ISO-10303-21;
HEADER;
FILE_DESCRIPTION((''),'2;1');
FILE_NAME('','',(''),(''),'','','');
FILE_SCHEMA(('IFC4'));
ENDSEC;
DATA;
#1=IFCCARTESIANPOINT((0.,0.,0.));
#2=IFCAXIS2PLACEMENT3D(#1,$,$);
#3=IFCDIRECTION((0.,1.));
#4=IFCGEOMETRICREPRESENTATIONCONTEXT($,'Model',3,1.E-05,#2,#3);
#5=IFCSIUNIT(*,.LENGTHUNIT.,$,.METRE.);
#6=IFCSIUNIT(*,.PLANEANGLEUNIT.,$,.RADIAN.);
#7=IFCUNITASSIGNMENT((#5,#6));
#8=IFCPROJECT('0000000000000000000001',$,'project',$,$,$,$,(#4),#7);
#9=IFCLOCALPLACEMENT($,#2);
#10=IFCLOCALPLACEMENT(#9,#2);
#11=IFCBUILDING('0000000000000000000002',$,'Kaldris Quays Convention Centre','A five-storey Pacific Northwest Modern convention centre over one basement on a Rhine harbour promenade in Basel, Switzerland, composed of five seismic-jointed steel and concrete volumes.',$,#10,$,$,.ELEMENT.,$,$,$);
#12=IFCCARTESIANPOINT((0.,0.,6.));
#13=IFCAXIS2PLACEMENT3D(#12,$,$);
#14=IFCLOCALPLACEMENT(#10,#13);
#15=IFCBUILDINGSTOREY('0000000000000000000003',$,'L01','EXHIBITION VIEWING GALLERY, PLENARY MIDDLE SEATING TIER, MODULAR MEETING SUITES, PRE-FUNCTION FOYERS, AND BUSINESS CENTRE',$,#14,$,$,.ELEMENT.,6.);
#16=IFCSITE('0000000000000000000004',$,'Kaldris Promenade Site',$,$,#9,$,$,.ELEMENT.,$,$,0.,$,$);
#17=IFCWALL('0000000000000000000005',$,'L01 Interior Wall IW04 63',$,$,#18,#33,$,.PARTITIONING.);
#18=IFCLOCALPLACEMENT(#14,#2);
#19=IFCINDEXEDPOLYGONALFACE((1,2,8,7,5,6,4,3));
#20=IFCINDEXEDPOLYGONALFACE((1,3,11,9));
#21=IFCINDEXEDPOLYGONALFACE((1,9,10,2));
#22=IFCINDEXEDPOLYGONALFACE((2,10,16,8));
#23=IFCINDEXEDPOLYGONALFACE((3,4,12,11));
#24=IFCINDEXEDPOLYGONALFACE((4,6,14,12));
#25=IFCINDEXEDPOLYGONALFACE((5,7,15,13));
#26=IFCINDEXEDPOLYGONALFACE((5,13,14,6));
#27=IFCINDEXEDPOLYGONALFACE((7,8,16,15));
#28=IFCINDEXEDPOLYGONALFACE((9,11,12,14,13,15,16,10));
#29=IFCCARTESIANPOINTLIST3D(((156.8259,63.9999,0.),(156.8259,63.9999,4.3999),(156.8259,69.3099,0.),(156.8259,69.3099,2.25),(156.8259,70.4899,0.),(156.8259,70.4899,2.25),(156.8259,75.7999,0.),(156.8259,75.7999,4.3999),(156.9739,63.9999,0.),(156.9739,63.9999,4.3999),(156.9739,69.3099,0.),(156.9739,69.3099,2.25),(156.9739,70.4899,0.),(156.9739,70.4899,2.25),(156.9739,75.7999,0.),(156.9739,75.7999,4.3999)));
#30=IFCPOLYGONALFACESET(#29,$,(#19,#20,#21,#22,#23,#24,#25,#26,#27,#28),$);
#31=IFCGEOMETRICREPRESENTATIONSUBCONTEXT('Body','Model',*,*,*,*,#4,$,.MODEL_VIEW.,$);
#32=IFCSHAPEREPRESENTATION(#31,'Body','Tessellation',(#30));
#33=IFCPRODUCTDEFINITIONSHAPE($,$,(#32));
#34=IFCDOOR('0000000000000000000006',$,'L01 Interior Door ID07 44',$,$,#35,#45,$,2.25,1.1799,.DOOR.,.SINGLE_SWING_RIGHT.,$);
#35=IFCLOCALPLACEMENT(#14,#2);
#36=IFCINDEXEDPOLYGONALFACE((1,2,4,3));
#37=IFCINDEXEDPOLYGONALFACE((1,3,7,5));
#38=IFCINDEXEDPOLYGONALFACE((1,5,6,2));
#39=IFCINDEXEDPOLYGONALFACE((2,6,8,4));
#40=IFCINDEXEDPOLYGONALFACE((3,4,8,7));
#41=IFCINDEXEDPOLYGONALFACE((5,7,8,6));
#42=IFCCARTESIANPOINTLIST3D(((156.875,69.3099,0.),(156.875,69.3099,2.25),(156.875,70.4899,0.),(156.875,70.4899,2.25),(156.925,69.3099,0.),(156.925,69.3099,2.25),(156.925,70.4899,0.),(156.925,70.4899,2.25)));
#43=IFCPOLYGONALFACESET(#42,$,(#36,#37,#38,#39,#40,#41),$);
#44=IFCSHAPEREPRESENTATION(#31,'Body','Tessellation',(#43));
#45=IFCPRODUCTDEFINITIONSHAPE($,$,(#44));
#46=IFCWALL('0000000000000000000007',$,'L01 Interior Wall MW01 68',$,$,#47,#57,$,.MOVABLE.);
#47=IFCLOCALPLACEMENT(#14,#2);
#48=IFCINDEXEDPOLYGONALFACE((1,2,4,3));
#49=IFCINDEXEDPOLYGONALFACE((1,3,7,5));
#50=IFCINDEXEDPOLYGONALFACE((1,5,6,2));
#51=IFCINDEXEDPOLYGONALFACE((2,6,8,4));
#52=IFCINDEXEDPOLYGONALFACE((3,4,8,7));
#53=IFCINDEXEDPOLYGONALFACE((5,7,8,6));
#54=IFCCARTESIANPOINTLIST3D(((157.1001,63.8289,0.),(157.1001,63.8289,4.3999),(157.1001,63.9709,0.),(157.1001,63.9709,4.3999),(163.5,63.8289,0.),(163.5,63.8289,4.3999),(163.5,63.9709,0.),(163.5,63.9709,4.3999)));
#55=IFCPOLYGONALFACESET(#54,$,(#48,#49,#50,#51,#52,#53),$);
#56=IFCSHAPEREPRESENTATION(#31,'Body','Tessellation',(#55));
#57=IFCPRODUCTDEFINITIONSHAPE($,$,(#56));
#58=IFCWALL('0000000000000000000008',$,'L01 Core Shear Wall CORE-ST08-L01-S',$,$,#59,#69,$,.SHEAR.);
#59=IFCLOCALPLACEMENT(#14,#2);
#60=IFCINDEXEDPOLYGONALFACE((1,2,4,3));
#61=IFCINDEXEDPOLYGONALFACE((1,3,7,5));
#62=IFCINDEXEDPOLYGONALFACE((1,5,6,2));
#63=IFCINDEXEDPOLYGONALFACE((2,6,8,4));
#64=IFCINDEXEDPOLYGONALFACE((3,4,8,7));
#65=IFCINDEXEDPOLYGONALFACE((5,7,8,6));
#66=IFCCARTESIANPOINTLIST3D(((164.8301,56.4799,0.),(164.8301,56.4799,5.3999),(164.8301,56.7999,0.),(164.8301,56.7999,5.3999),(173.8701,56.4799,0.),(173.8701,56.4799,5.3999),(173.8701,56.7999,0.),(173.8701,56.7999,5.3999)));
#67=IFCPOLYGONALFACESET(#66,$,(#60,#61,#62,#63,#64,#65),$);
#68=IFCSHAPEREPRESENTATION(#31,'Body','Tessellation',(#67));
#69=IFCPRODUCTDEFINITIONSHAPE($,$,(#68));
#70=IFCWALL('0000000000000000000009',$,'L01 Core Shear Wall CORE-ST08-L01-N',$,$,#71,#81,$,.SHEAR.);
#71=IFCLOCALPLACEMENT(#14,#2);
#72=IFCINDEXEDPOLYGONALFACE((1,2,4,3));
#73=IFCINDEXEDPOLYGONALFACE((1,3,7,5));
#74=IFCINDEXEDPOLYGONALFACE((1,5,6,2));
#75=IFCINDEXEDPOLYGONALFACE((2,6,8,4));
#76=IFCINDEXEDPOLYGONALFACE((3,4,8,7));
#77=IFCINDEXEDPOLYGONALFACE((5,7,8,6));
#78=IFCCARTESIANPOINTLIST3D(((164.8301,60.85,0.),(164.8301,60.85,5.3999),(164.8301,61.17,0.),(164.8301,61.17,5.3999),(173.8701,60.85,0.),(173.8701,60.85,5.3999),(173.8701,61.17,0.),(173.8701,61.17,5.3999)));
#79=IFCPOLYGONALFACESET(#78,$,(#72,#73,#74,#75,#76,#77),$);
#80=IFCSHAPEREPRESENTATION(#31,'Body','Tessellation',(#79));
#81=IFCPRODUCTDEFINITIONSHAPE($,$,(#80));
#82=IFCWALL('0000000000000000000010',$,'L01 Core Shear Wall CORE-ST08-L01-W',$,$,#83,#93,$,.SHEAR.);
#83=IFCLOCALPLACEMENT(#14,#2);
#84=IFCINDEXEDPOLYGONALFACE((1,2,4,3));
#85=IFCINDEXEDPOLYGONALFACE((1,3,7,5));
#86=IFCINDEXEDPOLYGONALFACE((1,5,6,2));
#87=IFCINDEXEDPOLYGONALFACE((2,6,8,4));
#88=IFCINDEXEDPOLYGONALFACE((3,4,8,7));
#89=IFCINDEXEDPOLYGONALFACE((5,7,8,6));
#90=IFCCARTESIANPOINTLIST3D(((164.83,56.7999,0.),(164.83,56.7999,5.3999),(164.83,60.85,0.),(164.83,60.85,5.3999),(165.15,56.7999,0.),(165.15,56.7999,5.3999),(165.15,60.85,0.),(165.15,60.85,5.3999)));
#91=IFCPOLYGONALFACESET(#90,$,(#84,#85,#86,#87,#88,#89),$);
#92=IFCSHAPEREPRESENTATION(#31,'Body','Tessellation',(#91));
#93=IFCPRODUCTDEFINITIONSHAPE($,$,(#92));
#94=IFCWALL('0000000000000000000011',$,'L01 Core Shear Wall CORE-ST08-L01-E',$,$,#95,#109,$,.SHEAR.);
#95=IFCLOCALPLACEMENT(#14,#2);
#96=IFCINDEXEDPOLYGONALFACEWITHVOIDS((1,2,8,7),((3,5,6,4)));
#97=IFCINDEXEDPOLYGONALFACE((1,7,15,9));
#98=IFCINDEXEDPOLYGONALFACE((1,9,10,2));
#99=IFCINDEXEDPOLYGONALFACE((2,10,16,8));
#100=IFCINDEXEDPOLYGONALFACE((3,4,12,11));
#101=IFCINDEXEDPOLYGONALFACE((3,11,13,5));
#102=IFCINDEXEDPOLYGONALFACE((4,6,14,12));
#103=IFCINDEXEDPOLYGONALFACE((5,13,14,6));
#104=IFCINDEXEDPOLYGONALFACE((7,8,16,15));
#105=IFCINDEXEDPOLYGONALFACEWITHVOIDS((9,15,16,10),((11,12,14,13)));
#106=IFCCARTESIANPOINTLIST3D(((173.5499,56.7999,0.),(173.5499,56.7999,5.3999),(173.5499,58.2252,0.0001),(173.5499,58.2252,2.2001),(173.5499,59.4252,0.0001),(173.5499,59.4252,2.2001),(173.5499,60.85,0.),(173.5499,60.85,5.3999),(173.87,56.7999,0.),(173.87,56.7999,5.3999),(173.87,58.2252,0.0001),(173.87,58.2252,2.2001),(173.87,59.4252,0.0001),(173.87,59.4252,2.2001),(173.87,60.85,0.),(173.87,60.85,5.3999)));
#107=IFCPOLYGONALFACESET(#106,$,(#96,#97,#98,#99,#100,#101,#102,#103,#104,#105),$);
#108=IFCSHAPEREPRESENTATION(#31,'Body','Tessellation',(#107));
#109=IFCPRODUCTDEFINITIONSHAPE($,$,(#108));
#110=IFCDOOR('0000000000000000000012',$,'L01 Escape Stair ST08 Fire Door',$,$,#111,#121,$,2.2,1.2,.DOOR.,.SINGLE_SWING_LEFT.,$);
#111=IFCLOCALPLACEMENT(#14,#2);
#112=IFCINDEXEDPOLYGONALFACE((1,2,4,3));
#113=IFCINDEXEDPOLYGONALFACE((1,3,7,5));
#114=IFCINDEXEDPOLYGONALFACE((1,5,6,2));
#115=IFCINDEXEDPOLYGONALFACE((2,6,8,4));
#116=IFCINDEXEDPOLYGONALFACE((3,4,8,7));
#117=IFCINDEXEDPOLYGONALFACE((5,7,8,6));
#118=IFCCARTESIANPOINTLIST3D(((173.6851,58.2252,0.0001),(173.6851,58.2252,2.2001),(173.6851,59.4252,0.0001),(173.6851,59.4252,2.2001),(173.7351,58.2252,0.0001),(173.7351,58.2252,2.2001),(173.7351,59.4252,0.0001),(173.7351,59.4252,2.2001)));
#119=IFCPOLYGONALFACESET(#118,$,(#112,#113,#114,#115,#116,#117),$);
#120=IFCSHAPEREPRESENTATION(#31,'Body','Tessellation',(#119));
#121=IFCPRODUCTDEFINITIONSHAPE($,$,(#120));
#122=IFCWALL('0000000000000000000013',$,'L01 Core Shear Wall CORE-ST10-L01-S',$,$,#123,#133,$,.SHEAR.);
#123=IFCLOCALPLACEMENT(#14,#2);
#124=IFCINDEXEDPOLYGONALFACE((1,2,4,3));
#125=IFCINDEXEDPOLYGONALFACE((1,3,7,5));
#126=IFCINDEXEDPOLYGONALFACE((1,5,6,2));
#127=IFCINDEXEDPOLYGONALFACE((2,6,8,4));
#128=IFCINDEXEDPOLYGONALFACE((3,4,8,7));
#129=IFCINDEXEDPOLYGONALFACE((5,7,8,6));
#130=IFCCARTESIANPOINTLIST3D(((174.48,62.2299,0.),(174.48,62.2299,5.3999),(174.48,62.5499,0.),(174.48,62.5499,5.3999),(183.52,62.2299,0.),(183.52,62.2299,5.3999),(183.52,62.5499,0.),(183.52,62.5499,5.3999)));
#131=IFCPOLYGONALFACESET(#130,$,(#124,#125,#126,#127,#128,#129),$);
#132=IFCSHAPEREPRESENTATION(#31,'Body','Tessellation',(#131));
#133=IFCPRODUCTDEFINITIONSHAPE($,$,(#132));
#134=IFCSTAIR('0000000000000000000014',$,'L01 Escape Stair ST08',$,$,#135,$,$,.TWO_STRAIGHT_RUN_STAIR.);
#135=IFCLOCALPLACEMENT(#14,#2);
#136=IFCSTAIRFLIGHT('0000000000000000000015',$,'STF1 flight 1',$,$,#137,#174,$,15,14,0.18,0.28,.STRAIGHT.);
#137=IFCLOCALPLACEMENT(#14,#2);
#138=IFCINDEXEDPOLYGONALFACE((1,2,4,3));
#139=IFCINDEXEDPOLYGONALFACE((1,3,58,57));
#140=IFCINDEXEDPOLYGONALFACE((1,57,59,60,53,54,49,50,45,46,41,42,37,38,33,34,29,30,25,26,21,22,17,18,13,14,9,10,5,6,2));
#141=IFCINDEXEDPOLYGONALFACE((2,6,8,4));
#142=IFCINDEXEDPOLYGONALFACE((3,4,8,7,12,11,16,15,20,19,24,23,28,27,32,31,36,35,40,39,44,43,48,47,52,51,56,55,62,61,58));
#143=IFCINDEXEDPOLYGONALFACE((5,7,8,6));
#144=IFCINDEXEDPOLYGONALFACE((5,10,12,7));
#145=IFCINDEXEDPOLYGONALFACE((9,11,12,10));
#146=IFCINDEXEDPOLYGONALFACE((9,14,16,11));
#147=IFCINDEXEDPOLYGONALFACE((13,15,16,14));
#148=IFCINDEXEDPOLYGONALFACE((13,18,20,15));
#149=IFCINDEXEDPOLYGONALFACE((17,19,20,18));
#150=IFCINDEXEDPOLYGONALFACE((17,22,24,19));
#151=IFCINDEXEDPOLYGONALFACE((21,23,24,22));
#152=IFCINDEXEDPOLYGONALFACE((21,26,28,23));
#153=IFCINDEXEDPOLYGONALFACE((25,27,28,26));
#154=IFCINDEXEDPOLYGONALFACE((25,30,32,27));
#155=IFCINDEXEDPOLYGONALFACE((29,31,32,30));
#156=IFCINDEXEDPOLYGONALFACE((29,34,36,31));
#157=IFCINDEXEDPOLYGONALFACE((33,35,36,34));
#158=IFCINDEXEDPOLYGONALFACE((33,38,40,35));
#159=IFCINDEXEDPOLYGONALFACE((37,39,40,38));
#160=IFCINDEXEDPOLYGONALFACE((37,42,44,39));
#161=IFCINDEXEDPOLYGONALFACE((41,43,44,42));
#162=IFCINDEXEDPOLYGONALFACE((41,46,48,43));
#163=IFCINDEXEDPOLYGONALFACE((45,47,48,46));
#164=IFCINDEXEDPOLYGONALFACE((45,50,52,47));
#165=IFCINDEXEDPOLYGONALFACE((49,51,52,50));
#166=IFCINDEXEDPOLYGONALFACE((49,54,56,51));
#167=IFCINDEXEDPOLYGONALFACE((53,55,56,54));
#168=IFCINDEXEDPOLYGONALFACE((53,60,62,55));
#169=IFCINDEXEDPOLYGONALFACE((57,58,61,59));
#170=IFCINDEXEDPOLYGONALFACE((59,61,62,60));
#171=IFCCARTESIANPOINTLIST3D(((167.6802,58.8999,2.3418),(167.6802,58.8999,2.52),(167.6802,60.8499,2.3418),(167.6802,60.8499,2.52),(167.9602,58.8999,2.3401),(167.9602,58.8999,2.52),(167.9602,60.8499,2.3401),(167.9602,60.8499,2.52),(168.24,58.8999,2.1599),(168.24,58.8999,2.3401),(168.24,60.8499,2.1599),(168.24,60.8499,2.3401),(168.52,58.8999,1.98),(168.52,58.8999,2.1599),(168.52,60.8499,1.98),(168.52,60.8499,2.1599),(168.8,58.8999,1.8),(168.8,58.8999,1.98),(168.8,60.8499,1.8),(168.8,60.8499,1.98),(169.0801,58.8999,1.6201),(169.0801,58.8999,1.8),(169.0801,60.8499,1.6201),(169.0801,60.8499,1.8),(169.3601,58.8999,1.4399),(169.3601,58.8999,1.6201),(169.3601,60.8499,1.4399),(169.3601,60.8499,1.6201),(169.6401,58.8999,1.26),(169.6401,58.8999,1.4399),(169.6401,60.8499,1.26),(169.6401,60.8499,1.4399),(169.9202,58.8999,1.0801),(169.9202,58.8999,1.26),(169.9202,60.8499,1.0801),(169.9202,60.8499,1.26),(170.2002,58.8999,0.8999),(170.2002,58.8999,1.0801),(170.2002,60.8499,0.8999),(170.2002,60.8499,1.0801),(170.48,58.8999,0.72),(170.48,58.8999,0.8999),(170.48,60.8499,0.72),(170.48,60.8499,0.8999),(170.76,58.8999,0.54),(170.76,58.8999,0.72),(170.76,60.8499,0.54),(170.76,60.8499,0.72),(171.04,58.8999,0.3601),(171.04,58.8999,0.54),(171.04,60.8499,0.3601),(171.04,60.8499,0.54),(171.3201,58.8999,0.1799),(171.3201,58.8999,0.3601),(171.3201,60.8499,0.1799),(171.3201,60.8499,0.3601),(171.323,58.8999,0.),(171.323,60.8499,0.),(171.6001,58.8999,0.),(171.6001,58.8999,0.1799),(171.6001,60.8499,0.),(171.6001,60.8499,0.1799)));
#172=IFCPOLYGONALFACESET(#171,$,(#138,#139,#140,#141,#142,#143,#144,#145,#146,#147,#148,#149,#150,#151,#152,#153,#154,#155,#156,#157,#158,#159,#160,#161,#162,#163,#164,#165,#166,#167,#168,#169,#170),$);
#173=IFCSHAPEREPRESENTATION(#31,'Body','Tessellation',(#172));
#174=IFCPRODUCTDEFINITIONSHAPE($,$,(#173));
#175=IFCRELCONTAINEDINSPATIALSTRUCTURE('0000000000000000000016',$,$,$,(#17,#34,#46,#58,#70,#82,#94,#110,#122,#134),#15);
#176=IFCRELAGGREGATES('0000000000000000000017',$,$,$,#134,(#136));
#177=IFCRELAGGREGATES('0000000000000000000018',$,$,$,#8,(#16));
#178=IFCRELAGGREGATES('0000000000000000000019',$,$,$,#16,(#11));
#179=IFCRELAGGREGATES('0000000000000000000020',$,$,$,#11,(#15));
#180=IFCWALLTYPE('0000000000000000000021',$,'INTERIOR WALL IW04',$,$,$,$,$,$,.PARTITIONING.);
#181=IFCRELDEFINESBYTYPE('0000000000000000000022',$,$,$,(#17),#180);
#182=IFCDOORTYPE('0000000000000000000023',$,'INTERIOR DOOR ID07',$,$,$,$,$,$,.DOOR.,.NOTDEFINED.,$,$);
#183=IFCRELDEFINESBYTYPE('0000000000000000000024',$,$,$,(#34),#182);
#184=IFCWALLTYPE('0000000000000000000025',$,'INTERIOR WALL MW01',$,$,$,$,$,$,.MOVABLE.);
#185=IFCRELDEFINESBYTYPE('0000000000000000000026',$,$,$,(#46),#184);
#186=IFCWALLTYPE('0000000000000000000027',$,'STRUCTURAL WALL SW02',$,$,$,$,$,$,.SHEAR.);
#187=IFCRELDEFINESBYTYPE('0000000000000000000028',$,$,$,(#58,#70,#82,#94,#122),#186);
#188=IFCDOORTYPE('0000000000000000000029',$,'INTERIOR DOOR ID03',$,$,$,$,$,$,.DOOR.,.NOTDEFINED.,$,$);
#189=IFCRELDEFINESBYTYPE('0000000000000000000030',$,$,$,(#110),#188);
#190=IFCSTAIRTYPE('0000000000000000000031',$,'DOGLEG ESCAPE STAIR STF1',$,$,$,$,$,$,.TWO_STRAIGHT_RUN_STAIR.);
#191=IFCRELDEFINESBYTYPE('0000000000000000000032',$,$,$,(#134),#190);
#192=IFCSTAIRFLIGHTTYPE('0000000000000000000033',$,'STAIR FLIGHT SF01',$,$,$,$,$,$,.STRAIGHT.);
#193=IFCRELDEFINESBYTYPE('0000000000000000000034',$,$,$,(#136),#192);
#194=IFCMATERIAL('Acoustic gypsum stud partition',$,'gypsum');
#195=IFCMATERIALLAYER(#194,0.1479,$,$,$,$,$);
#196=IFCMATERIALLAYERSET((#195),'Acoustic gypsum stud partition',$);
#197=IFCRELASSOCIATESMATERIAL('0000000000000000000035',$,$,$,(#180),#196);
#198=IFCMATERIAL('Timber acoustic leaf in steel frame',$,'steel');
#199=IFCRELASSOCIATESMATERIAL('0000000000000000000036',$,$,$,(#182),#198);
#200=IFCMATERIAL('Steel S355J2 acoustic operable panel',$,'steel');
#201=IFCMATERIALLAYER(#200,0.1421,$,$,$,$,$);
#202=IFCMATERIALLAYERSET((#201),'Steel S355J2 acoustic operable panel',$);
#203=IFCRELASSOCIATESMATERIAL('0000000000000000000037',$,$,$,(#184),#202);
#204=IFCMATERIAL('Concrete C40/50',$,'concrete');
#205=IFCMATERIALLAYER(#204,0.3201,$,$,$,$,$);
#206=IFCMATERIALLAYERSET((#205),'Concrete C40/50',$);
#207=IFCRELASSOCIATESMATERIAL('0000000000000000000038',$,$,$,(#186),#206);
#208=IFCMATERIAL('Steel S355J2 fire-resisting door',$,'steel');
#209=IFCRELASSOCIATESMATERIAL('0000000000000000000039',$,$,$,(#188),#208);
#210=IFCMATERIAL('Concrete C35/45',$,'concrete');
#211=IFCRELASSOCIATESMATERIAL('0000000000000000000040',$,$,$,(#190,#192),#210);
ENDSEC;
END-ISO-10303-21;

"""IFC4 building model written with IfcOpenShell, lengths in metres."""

from ifc_helpers import new_model, si_unit, direction, frame, frame_2d, origin, place, context, subcontext, project, spatial, polyline, rectangle, outline, extrude, material, layer, layer_set, type_object, element, fill, aggregate, save


model = new_model("IFC4")

# Units and contexts
model_context = context("Model", 3, precision=1e-05, world=origin(), true_north=direction((0.0, 1.0)))
body_context = subcontext(model_context, "Body", "Model", "MODEL_VIEW")
ifc_project = project(units=[si_unit("LENGTHUNIT", "METRE"), si_unit("PLANEANGLEUNIT", "RADIAN")], contexts=[model_context])

# Site, building, storey
site_placement = place(None, origin())
site = spatial("IfcSite", under=ifc_project, at=site_placement, Name="Kaldris Promenade Site", CompositionType="ELEMENT", RefElevation=0.0)
building_placement = place(site_placement, origin())
building = spatial("IfcBuilding", under=site, at=building_placement, Name="Kaldris Quays Convention Centre", Description="A five-storey Pacific Northwest Modern convention centre over one basement on a Rhine harbour promenade in Basel, Switzerland, composed of five seismic-jointed steel and concrete volumes.", CompositionType="ELEMENT")
storey_placement = place(building_placement, frame((0.0, 0.0, 6.0)))
storey = spatial("IfcBuildingStorey", under=building, at=storey_placement, Name="L01", Description="EXHIBITION VIEWING GALLERY, PLENARY MIDDLE SEATING TIER, MODULAR MEETING SUITES, PRE-FUNCTION FOYERS, AND BUSINESS CENTRE", CompositionType="ELEMENT", Elevation=6.0)

# Wall, opening, door
ifc_material_1 = material(Name="Acoustic gypsum stud partition", Category="gypsum")
ifc_layer_1 = layer(ifc_material_1, 0.1479)
ifc_layer_set_1 = layer_set([ifc_layer_1], Name="Acoustic gypsum stud partition")
wall_type_1 = type_object("IfcWallType", Name="INTERIOR WALL IW04", PredefinedType="PARTITIONING", material=ifc_layer_set_1)
wall_1_placement = place(storey_placement, frame((156.8999, 64.0, 0.0), z_axis=(0.0, 0.0, 1.0), x_axis=(0.0, 1.0, 0.0)))
wall_1 = element("IfcWall", 1, at=wall_1_placement, inside=storey, type_object=wall_type_1, Name="L01 Interior Wall IW04 63", PredefinedType="PARTITIONING", context=body_context, shape_type="SweptSolid", body=[
    extrude(rectangle(XDim=11.8, YDim=0.1479, at=frame_2d((5.8999, 0.0))), origin(), (0.0, 0.0, 1.0), 4.3999),
])
opening_1_placement = place(wall_1_placement, frame((5.3101, 0.0, 0.0)))
opening_1 = element("IfcOpeningElement", 2, at=opening_1_placement, cuts=wall_1, PredefinedType="OPENING", context=body_context, shape_type="SweptSolid", body=[
    extrude(rectangle(XDim=1.1799, YDim=2.25, at=frame_2d((0.5898, 1.125))), frame((0.0, 0.084, 0.0), z_axis=(0.0, -1.0, 0.0), x_axis=(1.0, 0.0, 0.0)), (0.0, 0.0, 1.0), 0.168),
])
ifc_material_2 = material(Name="Timber acoustic leaf in steel frame", Category="steel")
door_type_1 = type_object("IfcDoorType", Name="INTERIOR DOOR ID07", OperationType="NOTDEFINED", PredefinedType="DOOR", material=ifc_material_2)
door_1_placement = place(opening_1_placement, origin())
door_1 = element("IfcDoor", 3, at=door_1_placement, inside=storey, type_object=door_type_1, Name="L01 Interior Door ID07 44", OperationType="SINGLE_SWING_RIGHT", OverallHeight=2.25, OverallWidth=1.1799, PredefinedType="DOOR", context=body_context, shape_type="SweptSolid", body=[
    extrude(rectangle(XDim=1.1799, YDim=2.25, at=frame_2d((0.5898, 1.125))), frame((0.0, 0.0249, 0.0), z_axis=(0.0, -1.0, 0.0), x_axis=(1.0, 0.0, 0.0)), (0.0, 0.0, 1.0), 0.05),
])
fill(opening_1, door_1)

# Walls
ifc_material_3 = material(Name="Steel S355J2 acoustic operable panel", Category="steel")
ifc_layer_2 = layer(ifc_material_3, 0.1421)
ifc_layer_set_2 = layer_set([ifc_layer_2], Name="Steel S355J2 acoustic operable panel")
wall_type_2 = type_object("IfcWallType", Name="INTERIOR WALL MW01", PredefinedType="MOVABLE", material=ifc_layer_set_2)
wall_2_placement = place(storey_placement, frame((157.1001, 63.8999, 0.0), z_axis=(0.0, 0.0, 1.0), x_axis=(1.0, 0.0, 0.0)))
element("IfcWall", 4, at=wall_2_placement, inside=storey, type_object=wall_type_2, Name="L01 Interior Wall MW01 68", PredefinedType="MOVABLE", context=body_context, shape_type="SweptSolid", body=[
    extrude(rectangle(XDim=6.3999, YDim=0.1421, at=frame_2d((3.2, 0.0))), origin(), (0.0, 0.0, 1.0), 4.3999),
])
ifc_material_4 = material(Name="Concrete C40/50", Category="concrete")
ifc_layer_3 = layer(ifc_material_4, 0.3201)
ifc_layer_set_3 = layer_set([ifc_layer_3], Name="Concrete C40/50")
wall_type_3 = type_object("IfcWallType", Name="STRUCTURAL WALL SW02", PredefinedType="SHEAR", material=ifc_layer_set_3)
for number, where, z_axis, x_axis, name in (
    (5, (164.8301, 56.6399, 0.0), (0.0, 0.0, 1.0), (1.0, 0.0, 0.0), "L01 Core Shear Wall CORE-ST08-L01-S"),
    (6, (164.8301, 61.01, 0.0), (0.0, 0.0, 1.0), (1.0, 0.0, 0.0), "L01 Core Shear Wall CORE-ST08-L01-N"),
):
    element("IfcWall", number, at=place(storey_placement, frame(where, z_axis=z_axis, x_axis=x_axis)), inside=storey, type_object=wall_type_3, Name=name, PredefinedType="SHEAR", context=body_context, shape_type="SweptSolid", body=[
        extrude(rectangle(XDim=9.04, YDim=0.3201, at=frame_2d((4.52, 0.0))), origin(), (0.0, 0.0, 1.0), 5.3999),
    ])
wall_3_placement = place(storey_placement, frame((164.99, 56.8, 0.0), z_axis=(0.0, 0.0, 1.0), x_axis=(0.0, 1.0, 0.0)))
element("IfcWall", 7, at=wall_3_placement, inside=storey, type_object=wall_type_3, Name="L01 Core Shear Wall CORE-ST08-L01-W", PredefinedType="SHEAR", context=body_context, shape_type="SweptSolid", body=[
    extrude(rectangle(XDim=4.05, YDim=0.3201, at=frame_2d((2.0249, 0.0))), origin(), (0.0, 0.0, 1.0), 5.3999),
])

# Wall, opening, door
wall_4_placement = place(storey_placement, frame((173.71, 56.8, 0.0), z_axis=(0.0, 0.0, 1.0), x_axis=(0.0, 1.0, 0.0)))
wall_4 = element("IfcWall", 8, at=wall_4_placement, inside=storey, type_object=wall_type_3, Name="L01 Core Shear Wall CORE-ST08-L01-E", PredefinedType="SHEAR", context=body_context, shape_type="SweptSolid", body=[
    extrude(rectangle(XDim=4.05, YDim=0.3201, at=frame_2d((2.0249, 0.0))), origin(), (0.0, 0.0, 1.0), 5.3999),
])
opening_2_placement = place(wall_4_placement, frame((1.425, 0.0, 0.0)))
opening_2 = element("IfcOpeningElement", 9, at=opening_2_placement, cuts=wall_4, PredefinedType="OPENING", context=body_context, shape_type="SweptSolid", body=[
    extrude(rectangle(XDim=1.2, YDim=2.2, at=frame_2d((0.6001, 1.1001))), frame((0.0, 0.1699, 0.0), z_axis=(0.0, -1.0, 0.0), x_axis=(1.0, 0.0, 0.0)), (0.0, 0.0, 1.0), 0.3401),
])
ifc_material_5 = material(Name="Steel S355J2 fire-resisting door", Category="steel")
door_type_2 = type_object("IfcDoorType", Name="INTERIOR DOOR ID03", OperationType="NOTDEFINED", PredefinedType="DOOR", material=ifc_material_5)
door_2_placement = place(opening_2_placement, origin())
door_2 = element("IfcDoor", 10, at=door_2_placement, inside=storey, type_object=door_type_2, Name="L01 Escape Stair ST08 Fire Door", OperationType="SINGLE_SWING_LEFT", OverallHeight=2.2, OverallWidth=1.2, PredefinedType="DOOR", context=body_context, shape_type="SweptSolid", body=[
    extrude(rectangle(XDim=1.2, YDim=2.2, at=frame_2d((0.6001, 1.1001))), frame((0.0, 0.0249, 0.0), z_axis=(0.0, -1.0, 0.0), x_axis=(1.0, 0.0, 0.0)), (0.0, 0.0, 1.0), 0.05),
])
fill(opening_2, door_2)

# Wall
wall_5_placement = place(storey_placement, frame((174.48, 62.3899, 0.0), z_axis=(0.0, 0.0, 1.0), x_axis=(1.0, 0.0, 0.0)))
element("IfcWall", 11, at=wall_5_placement, inside=storey, type_object=wall_type_3, Name="L01 Core Shear Wall CORE-ST10-L01-S", PredefinedType="SHEAR", context=body_context, shape_type="SweptSolid", body=[
    extrude(rectangle(XDim=9.04, YDim=0.3201, at=frame_2d((4.52, 0.0))), origin(), (0.0, 0.0, 1.0), 5.3999),
])

# Stair, stair flight
ifc_material_6 = material(Name="Concrete C35/45", Category="concrete")
stair_type = type_object("IfcStairType", Name="DOGLEG ESCAPE STAIR STF1", PredefinedType="TWO_STRAIGHT_RUN_STAIR", material=ifc_material_6)
stair_placement = place(storey_placement, origin())
stair = element("IfcStair", 12, at=stair_placement, inside=storey, type_object=stair_type, Name="L01 Escape Stair ST08", PredefinedType="TWO_STRAIGHT_RUN_STAIR")
stair_flight_type = type_object("IfcStairFlightType", Name="STAIR FLIGHT SF01", PredefinedType="STRAIGHT", material=ifc_material_6)
stair_flight_1_placement = place(storey_placement, frame((171.6001, 59.875, 0.0), z_axis=(0.0, 0.0, 1.0), x_axis=(-1.0, 0.0, 0.0)))
stair_flight_1 = element("IfcStairFlight", 13, at=stair_flight_1_placement, type_object=stair_flight_type, Name="STF1 flight 1", NumberOfRisers=15, NumberOfTreads=14, PredefinedType="STRAIGHT", RiserHeight=0.18, TreadLength=0.28, context=body_context, shape_type="SweptSolid", body=[
    extrude(outline(polyline([(0.0, 0.0), (0.0, 0.1799), (0.28, 0.1799), (0.28, 0.3601), (0.5601, 0.3601), (0.5601, 0.54), (0.8401, 0.54), (0.8401, 0.72), (1.1201, 0.72), (1.1201, 0.8999), (1.3999, 0.8999), (1.3999, 1.0801), (1.6799, 1.0801), (1.6799, 1.26), (1.96, 1.26), (1.96, 1.4399), (2.24, 1.4399), (2.24, 1.6201), (2.52, 1.6201), (2.52, 1.8), (2.8, 1.8), (2.8, 1.98), (3.0801, 1.98), (3.0801, 2.1599), (3.3601, 2.1599), (3.3601, 2.3401), (3.6399, 2.3401), (3.6399, 2.52), (3.9199, 2.52), (3.9199, 2.7), (3.9199, 2.3418), (0.2771, 0.0), (0.0, 0.0)])), frame((0.0, 0.9751, 0.0), z_axis=(0.0, -1.0, 0.0), x_axis=(1.0, 0.0, 0.0)), (0.0, 0.0, 1.0), 1.95),
])
aggregate(stair, [stair_flight_1])

save(model, "model.ifc")
